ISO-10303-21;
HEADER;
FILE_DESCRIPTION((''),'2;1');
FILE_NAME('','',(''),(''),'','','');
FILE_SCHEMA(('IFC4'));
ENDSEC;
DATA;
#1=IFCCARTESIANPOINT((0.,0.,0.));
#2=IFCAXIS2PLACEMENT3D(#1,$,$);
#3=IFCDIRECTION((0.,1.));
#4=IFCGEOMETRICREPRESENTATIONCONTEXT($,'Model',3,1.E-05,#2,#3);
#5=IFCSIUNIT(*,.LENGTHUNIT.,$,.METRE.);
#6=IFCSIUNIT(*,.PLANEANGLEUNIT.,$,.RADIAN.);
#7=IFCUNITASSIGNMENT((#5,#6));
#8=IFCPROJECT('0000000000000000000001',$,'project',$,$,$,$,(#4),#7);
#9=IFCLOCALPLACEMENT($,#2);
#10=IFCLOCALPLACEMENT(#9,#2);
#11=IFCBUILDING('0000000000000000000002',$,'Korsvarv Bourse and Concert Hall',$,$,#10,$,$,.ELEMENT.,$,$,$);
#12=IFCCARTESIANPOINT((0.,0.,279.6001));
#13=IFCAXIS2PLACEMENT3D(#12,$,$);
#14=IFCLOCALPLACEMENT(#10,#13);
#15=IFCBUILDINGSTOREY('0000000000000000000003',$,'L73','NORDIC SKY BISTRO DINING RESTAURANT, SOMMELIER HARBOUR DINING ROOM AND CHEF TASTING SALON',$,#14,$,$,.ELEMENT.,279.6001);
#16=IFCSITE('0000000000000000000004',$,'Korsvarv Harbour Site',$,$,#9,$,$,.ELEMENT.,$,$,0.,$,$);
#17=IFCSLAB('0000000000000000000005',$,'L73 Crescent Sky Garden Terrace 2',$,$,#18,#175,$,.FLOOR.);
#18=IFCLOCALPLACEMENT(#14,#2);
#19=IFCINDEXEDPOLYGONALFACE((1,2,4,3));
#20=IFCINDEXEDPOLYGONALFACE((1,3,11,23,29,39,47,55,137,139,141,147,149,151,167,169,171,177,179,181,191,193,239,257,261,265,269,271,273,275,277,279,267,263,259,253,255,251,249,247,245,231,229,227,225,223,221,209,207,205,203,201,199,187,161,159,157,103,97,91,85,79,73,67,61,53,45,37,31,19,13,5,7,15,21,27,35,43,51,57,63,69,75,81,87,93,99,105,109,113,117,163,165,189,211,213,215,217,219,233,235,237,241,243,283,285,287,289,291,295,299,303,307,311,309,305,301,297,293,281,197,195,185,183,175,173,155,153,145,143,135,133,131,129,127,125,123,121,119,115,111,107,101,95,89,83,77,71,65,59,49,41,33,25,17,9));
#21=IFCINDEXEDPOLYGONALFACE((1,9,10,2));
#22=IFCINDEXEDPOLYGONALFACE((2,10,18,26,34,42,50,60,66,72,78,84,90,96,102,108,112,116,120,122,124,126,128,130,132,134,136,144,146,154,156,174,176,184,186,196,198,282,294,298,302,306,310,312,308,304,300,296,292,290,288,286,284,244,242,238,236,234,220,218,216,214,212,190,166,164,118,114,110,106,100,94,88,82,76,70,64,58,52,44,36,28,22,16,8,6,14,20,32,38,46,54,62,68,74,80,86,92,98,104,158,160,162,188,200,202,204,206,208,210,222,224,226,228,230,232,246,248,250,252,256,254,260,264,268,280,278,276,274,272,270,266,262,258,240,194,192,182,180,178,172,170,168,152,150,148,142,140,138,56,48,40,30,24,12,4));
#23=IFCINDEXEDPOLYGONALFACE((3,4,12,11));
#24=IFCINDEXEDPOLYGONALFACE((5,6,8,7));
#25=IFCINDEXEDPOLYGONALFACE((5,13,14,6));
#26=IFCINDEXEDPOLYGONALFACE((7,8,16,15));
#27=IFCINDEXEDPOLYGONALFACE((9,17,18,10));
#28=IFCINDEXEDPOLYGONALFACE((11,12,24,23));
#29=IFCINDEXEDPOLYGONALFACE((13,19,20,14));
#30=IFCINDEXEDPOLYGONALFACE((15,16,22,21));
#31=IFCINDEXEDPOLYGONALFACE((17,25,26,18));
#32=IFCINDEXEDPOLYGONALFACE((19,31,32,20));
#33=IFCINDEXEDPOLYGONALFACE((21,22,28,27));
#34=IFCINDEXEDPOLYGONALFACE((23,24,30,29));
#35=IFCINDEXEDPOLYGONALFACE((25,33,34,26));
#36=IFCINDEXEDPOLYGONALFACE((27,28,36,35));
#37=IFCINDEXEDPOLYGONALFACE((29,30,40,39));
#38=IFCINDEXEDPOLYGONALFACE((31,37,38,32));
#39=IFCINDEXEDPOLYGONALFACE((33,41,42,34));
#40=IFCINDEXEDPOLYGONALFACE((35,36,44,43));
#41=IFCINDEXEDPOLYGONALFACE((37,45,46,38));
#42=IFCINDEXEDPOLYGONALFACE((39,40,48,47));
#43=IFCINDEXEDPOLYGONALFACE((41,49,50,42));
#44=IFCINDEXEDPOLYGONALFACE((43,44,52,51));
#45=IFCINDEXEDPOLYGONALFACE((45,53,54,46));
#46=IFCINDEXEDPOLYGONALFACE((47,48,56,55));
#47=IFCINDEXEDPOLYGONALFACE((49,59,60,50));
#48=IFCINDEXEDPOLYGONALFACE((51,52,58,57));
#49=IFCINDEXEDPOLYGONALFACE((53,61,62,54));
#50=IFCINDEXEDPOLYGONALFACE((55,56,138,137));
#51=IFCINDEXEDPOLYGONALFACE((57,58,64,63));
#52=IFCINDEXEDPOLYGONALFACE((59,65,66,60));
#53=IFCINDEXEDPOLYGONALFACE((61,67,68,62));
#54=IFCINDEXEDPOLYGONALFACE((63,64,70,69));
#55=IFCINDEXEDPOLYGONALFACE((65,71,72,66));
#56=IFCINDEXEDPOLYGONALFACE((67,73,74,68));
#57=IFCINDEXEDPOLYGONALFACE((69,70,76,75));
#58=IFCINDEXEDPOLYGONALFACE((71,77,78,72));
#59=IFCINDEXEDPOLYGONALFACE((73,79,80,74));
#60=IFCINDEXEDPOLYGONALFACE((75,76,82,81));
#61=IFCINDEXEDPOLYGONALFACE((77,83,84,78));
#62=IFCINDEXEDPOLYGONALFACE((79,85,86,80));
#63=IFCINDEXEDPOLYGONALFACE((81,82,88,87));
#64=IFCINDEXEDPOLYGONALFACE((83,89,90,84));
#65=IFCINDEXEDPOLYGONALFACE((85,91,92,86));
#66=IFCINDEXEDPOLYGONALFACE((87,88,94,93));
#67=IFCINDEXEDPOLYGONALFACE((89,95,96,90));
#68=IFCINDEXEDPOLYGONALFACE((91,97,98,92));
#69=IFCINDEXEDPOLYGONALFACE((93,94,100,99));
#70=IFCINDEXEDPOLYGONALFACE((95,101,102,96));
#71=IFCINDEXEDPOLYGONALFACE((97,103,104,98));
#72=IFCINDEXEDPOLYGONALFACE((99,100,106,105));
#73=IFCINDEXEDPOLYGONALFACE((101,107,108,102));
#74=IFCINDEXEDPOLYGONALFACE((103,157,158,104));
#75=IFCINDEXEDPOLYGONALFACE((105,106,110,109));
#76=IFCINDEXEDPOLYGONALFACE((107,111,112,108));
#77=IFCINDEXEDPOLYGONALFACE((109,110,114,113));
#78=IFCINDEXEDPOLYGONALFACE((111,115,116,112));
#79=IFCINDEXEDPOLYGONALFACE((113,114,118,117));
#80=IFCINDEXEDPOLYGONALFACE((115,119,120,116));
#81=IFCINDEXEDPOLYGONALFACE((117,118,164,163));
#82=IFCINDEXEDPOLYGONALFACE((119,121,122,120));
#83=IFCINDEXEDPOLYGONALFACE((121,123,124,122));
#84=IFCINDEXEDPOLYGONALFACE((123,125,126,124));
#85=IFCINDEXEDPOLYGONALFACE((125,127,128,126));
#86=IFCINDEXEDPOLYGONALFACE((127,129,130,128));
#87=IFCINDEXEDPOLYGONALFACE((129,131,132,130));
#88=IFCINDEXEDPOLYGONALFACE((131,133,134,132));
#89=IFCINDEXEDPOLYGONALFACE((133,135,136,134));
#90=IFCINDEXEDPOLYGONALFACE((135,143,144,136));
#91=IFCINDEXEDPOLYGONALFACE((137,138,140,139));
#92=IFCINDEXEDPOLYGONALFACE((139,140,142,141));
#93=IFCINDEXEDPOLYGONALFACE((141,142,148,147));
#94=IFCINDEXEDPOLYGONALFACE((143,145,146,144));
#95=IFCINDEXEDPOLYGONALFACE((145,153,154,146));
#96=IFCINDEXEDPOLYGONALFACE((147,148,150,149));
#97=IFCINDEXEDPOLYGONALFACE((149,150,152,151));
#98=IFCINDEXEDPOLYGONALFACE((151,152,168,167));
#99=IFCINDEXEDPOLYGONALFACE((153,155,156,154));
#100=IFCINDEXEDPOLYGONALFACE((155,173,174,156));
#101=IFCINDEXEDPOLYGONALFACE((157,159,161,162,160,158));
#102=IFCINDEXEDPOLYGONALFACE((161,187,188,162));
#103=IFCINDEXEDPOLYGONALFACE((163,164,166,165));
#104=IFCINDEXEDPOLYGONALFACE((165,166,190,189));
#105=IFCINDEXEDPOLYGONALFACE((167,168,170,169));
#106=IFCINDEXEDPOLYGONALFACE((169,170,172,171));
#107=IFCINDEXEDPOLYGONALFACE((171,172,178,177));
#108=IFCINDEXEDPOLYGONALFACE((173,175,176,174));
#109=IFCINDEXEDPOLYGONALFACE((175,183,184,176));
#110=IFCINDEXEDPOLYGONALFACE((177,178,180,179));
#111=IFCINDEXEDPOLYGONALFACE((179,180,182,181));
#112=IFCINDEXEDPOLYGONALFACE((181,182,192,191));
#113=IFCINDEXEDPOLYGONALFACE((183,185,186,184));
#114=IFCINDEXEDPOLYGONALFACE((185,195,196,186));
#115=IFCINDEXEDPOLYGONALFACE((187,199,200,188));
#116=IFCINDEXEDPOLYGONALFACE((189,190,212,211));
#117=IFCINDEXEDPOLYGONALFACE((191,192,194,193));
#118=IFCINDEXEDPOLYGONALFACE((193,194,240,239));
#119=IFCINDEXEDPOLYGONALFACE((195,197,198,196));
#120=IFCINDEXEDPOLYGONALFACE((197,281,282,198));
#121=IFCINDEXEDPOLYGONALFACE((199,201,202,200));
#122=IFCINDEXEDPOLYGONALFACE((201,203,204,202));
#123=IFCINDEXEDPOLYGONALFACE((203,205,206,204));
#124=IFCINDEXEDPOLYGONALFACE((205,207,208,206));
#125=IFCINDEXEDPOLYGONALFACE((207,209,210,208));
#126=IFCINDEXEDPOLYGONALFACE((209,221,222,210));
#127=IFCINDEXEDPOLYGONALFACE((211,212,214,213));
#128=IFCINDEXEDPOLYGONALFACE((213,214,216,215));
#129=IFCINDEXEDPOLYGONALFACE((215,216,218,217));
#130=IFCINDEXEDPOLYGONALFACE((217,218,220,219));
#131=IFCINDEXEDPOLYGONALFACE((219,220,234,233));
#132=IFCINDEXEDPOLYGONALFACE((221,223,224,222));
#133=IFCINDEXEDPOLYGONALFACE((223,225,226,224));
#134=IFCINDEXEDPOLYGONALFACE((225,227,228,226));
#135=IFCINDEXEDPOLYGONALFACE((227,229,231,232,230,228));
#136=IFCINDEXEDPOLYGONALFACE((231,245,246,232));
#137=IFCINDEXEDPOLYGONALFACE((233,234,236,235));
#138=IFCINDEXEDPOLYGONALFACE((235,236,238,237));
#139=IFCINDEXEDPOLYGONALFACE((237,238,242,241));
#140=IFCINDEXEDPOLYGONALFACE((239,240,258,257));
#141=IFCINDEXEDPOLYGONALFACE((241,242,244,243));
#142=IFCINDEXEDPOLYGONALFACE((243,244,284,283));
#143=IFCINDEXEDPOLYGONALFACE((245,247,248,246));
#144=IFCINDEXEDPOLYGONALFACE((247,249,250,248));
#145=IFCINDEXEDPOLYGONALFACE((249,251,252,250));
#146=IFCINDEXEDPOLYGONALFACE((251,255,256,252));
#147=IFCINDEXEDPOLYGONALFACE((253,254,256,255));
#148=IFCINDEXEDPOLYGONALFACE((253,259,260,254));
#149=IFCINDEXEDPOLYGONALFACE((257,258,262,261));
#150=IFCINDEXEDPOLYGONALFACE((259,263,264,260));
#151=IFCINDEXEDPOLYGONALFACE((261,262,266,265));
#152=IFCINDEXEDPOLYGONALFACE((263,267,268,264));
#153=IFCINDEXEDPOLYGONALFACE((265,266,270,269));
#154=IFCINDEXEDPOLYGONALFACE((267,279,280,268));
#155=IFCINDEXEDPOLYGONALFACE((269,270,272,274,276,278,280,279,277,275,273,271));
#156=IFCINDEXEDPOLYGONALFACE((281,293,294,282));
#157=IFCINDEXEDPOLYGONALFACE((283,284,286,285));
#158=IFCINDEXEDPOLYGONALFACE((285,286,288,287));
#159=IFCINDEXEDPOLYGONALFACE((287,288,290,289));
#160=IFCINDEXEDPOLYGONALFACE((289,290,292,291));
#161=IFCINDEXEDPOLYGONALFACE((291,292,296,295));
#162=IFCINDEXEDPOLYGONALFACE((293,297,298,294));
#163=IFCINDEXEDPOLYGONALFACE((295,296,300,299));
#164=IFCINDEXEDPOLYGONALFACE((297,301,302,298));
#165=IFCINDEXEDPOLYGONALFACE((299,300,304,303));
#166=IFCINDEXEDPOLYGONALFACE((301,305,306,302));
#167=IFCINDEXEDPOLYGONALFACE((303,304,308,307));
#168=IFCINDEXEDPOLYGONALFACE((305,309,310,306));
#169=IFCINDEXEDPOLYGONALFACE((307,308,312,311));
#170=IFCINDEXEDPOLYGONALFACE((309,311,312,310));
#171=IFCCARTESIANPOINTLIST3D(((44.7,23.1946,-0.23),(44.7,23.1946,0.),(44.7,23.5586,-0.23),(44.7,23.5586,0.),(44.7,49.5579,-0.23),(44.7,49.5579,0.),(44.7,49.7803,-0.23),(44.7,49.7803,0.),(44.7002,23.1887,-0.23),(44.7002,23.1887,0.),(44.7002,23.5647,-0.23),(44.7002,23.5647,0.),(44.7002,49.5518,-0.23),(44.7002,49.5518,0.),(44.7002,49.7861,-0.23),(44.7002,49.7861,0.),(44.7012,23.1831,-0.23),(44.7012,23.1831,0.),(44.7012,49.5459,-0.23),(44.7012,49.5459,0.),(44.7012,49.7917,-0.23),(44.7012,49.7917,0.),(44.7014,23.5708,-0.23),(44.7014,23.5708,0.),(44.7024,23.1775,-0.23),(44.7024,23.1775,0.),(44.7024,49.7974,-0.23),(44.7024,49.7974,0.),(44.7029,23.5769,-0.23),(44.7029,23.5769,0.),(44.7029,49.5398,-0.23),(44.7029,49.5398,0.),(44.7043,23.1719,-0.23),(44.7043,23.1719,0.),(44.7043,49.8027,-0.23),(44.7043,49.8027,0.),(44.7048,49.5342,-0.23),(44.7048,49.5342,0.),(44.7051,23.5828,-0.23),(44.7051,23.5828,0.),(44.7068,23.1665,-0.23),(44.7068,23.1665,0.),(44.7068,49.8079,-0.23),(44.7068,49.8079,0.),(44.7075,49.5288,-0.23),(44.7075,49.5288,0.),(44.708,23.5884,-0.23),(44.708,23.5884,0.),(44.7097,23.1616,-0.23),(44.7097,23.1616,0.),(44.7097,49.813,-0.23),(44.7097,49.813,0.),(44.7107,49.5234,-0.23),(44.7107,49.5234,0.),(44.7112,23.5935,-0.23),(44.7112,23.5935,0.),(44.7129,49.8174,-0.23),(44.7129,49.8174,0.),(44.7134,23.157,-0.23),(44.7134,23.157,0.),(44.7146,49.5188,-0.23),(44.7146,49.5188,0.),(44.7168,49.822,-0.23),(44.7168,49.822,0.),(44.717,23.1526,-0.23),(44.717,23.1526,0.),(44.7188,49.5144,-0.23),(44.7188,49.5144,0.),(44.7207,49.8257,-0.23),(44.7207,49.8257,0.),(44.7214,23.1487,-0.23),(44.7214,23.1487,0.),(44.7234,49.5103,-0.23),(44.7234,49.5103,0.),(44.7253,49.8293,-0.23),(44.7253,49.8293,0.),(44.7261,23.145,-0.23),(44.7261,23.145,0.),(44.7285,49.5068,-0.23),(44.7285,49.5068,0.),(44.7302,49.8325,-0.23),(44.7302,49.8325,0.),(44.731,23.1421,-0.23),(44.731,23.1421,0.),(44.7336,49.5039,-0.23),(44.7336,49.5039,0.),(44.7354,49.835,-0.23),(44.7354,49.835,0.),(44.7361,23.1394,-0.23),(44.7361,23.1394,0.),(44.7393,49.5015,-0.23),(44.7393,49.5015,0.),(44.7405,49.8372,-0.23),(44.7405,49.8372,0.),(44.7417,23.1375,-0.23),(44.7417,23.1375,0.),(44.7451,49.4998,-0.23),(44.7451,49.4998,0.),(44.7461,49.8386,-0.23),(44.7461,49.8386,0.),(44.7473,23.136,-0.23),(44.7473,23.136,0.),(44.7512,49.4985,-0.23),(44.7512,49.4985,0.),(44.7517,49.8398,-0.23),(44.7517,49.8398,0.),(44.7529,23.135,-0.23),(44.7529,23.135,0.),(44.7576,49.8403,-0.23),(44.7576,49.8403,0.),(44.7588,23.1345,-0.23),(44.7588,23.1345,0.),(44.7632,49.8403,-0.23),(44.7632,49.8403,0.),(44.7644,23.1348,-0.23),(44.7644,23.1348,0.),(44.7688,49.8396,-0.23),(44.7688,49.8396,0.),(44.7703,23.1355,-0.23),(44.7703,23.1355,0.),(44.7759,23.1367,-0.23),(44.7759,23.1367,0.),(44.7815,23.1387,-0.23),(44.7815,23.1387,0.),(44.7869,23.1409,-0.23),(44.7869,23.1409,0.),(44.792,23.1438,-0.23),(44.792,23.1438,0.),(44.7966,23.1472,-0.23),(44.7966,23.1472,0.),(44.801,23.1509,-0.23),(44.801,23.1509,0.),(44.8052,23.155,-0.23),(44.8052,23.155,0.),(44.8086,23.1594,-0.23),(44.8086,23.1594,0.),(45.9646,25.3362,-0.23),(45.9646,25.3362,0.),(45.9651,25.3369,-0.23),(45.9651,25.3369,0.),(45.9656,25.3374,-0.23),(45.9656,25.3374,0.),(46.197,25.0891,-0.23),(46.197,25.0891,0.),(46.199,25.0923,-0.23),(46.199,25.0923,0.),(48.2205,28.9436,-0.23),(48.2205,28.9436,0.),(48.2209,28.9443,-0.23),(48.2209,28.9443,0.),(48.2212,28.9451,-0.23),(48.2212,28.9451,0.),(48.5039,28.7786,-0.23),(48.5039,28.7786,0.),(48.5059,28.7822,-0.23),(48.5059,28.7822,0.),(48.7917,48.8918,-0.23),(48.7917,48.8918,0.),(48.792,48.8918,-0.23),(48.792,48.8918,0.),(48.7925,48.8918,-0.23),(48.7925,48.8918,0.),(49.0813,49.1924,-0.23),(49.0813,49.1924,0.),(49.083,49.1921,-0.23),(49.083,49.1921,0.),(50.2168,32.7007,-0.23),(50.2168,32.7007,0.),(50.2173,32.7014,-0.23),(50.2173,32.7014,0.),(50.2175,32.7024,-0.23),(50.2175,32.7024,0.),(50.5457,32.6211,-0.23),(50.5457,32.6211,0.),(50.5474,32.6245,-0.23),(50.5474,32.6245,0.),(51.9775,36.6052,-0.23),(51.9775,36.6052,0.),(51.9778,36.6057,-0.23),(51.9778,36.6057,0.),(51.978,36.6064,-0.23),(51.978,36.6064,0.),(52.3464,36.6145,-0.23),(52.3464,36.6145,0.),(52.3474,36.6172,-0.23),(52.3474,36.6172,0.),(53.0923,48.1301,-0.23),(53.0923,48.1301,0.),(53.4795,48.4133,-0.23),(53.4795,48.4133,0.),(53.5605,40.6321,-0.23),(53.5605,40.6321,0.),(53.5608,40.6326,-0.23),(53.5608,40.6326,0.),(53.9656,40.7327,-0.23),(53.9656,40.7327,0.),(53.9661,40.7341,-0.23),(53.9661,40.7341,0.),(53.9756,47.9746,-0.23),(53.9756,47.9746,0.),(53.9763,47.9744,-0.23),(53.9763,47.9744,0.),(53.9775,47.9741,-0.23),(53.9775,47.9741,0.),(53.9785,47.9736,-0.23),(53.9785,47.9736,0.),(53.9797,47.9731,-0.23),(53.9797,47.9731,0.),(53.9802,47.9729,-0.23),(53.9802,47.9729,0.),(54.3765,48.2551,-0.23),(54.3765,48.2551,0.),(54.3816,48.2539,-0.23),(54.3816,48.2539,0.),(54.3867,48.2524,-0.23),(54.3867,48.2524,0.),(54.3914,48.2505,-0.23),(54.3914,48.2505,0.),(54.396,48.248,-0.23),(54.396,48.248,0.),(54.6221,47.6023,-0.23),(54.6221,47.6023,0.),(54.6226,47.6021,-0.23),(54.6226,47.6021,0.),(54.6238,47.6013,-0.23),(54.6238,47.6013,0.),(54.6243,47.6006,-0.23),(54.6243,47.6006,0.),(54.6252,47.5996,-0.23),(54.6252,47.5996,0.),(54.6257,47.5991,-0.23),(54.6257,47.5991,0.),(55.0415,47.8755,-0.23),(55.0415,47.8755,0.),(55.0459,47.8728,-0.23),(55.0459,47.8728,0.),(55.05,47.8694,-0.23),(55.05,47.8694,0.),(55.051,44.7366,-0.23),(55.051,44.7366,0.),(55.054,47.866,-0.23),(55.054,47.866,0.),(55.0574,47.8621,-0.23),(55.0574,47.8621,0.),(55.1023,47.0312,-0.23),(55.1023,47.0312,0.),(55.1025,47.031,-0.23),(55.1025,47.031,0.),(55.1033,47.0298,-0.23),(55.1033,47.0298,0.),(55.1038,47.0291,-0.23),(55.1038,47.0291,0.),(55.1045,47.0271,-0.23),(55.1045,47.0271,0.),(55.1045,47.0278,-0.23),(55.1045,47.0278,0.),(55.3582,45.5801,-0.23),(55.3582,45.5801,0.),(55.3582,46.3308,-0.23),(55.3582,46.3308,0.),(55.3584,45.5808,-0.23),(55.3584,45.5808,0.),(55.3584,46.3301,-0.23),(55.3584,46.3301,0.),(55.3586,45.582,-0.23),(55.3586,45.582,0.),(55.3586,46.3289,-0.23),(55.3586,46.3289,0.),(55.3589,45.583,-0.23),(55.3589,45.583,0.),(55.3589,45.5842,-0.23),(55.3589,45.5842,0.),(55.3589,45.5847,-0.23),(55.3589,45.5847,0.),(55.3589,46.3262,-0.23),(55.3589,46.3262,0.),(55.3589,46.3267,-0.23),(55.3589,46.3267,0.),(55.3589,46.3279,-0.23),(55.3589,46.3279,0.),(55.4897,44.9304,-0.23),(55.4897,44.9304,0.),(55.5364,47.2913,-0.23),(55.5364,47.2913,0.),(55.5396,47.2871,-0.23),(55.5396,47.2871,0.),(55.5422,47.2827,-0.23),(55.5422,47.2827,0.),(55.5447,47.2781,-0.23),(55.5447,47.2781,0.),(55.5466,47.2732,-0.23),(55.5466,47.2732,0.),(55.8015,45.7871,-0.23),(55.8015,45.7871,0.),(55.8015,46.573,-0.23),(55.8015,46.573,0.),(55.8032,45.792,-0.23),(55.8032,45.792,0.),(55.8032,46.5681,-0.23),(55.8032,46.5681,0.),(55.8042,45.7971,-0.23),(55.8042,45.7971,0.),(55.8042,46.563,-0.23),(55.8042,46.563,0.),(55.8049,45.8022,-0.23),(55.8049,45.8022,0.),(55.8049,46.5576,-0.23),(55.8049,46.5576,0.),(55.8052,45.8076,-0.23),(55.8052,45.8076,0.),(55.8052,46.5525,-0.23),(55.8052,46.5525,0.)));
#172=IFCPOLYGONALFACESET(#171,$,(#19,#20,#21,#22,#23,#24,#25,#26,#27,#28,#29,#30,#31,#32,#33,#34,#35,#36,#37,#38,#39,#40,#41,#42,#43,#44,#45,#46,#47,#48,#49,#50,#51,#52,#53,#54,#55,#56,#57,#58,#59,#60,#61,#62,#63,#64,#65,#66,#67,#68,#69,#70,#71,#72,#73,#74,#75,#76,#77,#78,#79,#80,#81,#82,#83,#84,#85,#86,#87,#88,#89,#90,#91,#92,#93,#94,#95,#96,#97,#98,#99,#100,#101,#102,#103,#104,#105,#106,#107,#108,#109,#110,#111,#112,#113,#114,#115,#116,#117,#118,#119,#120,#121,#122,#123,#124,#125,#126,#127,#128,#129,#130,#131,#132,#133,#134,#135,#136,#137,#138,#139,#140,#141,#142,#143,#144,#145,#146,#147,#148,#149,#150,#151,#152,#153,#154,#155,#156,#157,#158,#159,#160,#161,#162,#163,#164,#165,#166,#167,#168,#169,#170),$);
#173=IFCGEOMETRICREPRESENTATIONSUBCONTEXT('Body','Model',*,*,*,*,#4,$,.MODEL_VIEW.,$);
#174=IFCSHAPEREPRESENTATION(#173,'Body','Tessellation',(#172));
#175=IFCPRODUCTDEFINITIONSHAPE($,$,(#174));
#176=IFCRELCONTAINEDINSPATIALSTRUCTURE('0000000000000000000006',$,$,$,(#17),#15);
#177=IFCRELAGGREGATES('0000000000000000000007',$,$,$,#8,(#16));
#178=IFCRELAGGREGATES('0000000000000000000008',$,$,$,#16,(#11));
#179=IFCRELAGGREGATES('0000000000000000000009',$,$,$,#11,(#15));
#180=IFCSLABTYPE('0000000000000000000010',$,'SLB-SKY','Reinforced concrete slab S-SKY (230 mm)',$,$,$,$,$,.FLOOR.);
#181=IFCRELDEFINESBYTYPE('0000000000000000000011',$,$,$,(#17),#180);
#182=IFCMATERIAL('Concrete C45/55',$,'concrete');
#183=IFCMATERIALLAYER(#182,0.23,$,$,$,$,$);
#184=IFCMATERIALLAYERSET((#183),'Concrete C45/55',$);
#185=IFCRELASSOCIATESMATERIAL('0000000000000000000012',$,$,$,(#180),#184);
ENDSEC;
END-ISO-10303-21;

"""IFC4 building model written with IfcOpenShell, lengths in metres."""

from ifc_helpers import new_model, si_unit, direction, frame, origin, place, context, subcontext, project, spatial, polyline, outline, extrude, material, layer, layer_set, type_object, element, save


model = new_model("IFC4")

# Units and contexts
model_context = context("Model", 3, precision=1e-05, world=origin(), true_north=direction((0.0, 1.0)))
body_context = subcontext(model_context, "Body", "Model", "MODEL_VIEW")
ifc_project = project(units=[si_unit("LENGTHUNIT", "METRE"), si_unit("PLANEANGLEUNIT", "RADIAN")], contexts=[model_context])

# Site, building, storey
site_placement = place(None, origin())
site = spatial("IfcSite", under=ifc_project, at=site_placement, Name="Korsvarv Harbour Site", CompositionType="ELEMENT", RefElevation=0.0)
building_placement = place(site_placement, origin())
building = spatial("IfcBuilding", under=site, at=building_placement, Name="Korsvarv Bourse and Concert Hall", CompositionType="ELEMENT")
storey_placement = place(building_placement, frame((0.0, 0.0, 279.6001)))
storey = spatial("IfcBuildingStorey", under=building, at=storey_placement, Name="L73", Description="NORDIC SKY BISTRO DINING RESTAURANT, SOMMELIER HARBOUR DINING ROOM AND CHEF TASTING SALON", CompositionType="ELEMENT", Elevation=279.6001)

# Slab
ifc_material_1 = material(Name="Concrete C45/55", Category="concrete")
ifc_layer_1 = layer(ifc_material_1, 0.23)
ifc_layer_set_1 = layer_set([ifc_layer_1], Name="Concrete C45/55")
slab_type_1 = type_object("IfcSlabType", Name="SLB-SKY", Description="Reinforced concrete slab S-SKY (230 mm)", PredefinedType="FLOOR", material=ifc_layer_set_1)
slab_1_placement = place(storey_placement, frame((0.0, 0.0, -0.23)))
element("IfcSlab", 1, at=slab_1_placement, inside=storey, type_object=slab_type_1, Name="L73 Crescent Sky Garden Terrace 2", PredefinedType="FLOOR", context=body_context, shape_type="SweptSolid", body=[
    extrude(outline(polyline([(44.7, 49.7803), (44.7002, 49.7861), (44.7012, 49.7917), (44.7024, 49.7974), (44.7043, 49.8027), (44.7068, 49.8079), (44.7097, 49.813), (44.7129, 49.8174), (44.7168, 49.822), (44.7207, 49.8257), (44.7253, 49.8293), (44.7302, 49.8325), (44.7354, 49.835), (44.7405, 49.8372), (44.7461, 49.8386), (44.7517, 49.8398), (44.7576, 49.8403), (44.7632, 49.8403), (44.7688, 49.8396), (49.0813, 49.1924), (49.083, 49.1921), (53.4795, 48.4133), (54.3765, 48.2551), (54.3816, 48.2539), (54.3867, 48.2524), (54.3914, 48.2505), (54.396, 48.248), (55.0415, 47.8755), (55.0459, 47.8728), (55.05, 47.8694), (55.054, 47.866), (55.0574, 47.8621), (55.5364, 47.2913), (55.5396, 47.2871), (55.5422, 47.2827), (55.5447, 47.2781), (55.5466, 47.2732), (55.8015, 46.573), (55.8032, 46.5681), (55.8042, 46.563), (55.8049, 46.5576), (55.8052, 46.5525), (55.8052, 45.8076), (55.8049, 45.8022), (55.8042, 45.7971), (55.8032, 45.792), (55.8015, 45.7871), (55.4897, 44.9304), (53.9661, 40.7341), (53.9656, 40.7327), (52.3474, 36.6172), (52.3464, 36.6145), (50.5474, 32.6245), (50.5457, 32.6211), (48.5059, 28.7822), (48.5039, 28.7786), (46.199, 25.0923), (46.197, 25.0891), (44.8086, 23.1594), (44.8052, 23.155), (44.801, 23.1509), (44.7966, 23.1472), (44.792, 23.1438), (44.7869, 23.1409), (44.7815, 23.1387), (44.7759, 23.1367), (44.7703, 23.1355), (44.7644, 23.1348), (44.7588, 23.1345), (44.7529, 23.135), (44.7473, 23.136), (44.7417, 23.1375), (44.7361, 23.1394), (44.731, 23.1421), (44.7261, 23.145), (44.7214, 23.1487), (44.717, 23.1526), (44.7134, 23.157), (44.7097, 23.1616), (44.7068, 23.1665), (44.7043, 23.1719), (44.7024, 23.1775), (44.7012, 23.1831), (44.7002, 23.1887), (44.7, 23.1946), (44.7, 23.5586), (44.7002, 23.5647), (44.7014, 23.5708), (44.7029, 23.5769), (44.7051, 23.5828), (44.708, 23.5884), (44.7112, 23.5935), (45.9646, 25.3362), (45.9651, 25.3369), (45.9656, 25.3374), (48.2205, 28.9436), (48.2209, 28.9443), (48.2212, 28.9451), (50.2168, 32.7007), (50.2173, 32.7014), (50.2175, 32.7024), (51.9775, 36.6052), (51.9778, 36.6057), (51.978, 36.6064), (53.5605, 40.6321), (53.5605, 40.6321), (53.5608, 40.6326), (55.051, 44.7366), (55.3582, 45.5801), (55.3584, 45.5808), (55.3586, 45.582), (55.3589, 45.583), (55.3589, 45.5842), (55.3589, 45.5847), (55.3589, 46.3262), (55.3589, 46.3267), (55.3589, 46.3279), (55.3586, 46.3289), (55.3584, 46.3301), (55.3582, 46.3308), (55.1045, 47.0271), (55.1045, 47.0278), (55.1038, 47.0291), (55.1033, 47.0298), (55.1025, 47.031), (55.1023, 47.0312), (54.6257, 47.5991), (54.6252, 47.5996), (54.6243, 47.6006), (54.6238, 47.6013), (54.6226, 47.6021), (54.6221, 47.6023), (53.9802, 47.9729), (53.9797, 47.9731), (53.9785, 47.9736), (53.9775, 47.9741), (53.9763, 47.9744), (53.9756, 47.9746), (53.0923, 48.1301), (48.7925, 48.8918), (48.792, 48.8918), (48.7917, 48.8918), (44.7512, 49.4985), (44.7451, 49.4998), (44.7393, 49.5015), (44.7336, 49.5039), (44.7285, 49.5068), (44.7234, 49.5103), (44.7188, 49.5144), (44.7146, 49.5188), (44.7107, 49.5234), (44.7075, 49.5288), (44.7048, 49.5342), (44.7029, 49.5398), (44.7012, 49.5459), (44.7002, 49.5518), (44.7, 49.5579), (44.7, 49.7803)])), origin(), (0.0, 0.0, 1.0), 0.23),
])

save(model, "model.ifc")
